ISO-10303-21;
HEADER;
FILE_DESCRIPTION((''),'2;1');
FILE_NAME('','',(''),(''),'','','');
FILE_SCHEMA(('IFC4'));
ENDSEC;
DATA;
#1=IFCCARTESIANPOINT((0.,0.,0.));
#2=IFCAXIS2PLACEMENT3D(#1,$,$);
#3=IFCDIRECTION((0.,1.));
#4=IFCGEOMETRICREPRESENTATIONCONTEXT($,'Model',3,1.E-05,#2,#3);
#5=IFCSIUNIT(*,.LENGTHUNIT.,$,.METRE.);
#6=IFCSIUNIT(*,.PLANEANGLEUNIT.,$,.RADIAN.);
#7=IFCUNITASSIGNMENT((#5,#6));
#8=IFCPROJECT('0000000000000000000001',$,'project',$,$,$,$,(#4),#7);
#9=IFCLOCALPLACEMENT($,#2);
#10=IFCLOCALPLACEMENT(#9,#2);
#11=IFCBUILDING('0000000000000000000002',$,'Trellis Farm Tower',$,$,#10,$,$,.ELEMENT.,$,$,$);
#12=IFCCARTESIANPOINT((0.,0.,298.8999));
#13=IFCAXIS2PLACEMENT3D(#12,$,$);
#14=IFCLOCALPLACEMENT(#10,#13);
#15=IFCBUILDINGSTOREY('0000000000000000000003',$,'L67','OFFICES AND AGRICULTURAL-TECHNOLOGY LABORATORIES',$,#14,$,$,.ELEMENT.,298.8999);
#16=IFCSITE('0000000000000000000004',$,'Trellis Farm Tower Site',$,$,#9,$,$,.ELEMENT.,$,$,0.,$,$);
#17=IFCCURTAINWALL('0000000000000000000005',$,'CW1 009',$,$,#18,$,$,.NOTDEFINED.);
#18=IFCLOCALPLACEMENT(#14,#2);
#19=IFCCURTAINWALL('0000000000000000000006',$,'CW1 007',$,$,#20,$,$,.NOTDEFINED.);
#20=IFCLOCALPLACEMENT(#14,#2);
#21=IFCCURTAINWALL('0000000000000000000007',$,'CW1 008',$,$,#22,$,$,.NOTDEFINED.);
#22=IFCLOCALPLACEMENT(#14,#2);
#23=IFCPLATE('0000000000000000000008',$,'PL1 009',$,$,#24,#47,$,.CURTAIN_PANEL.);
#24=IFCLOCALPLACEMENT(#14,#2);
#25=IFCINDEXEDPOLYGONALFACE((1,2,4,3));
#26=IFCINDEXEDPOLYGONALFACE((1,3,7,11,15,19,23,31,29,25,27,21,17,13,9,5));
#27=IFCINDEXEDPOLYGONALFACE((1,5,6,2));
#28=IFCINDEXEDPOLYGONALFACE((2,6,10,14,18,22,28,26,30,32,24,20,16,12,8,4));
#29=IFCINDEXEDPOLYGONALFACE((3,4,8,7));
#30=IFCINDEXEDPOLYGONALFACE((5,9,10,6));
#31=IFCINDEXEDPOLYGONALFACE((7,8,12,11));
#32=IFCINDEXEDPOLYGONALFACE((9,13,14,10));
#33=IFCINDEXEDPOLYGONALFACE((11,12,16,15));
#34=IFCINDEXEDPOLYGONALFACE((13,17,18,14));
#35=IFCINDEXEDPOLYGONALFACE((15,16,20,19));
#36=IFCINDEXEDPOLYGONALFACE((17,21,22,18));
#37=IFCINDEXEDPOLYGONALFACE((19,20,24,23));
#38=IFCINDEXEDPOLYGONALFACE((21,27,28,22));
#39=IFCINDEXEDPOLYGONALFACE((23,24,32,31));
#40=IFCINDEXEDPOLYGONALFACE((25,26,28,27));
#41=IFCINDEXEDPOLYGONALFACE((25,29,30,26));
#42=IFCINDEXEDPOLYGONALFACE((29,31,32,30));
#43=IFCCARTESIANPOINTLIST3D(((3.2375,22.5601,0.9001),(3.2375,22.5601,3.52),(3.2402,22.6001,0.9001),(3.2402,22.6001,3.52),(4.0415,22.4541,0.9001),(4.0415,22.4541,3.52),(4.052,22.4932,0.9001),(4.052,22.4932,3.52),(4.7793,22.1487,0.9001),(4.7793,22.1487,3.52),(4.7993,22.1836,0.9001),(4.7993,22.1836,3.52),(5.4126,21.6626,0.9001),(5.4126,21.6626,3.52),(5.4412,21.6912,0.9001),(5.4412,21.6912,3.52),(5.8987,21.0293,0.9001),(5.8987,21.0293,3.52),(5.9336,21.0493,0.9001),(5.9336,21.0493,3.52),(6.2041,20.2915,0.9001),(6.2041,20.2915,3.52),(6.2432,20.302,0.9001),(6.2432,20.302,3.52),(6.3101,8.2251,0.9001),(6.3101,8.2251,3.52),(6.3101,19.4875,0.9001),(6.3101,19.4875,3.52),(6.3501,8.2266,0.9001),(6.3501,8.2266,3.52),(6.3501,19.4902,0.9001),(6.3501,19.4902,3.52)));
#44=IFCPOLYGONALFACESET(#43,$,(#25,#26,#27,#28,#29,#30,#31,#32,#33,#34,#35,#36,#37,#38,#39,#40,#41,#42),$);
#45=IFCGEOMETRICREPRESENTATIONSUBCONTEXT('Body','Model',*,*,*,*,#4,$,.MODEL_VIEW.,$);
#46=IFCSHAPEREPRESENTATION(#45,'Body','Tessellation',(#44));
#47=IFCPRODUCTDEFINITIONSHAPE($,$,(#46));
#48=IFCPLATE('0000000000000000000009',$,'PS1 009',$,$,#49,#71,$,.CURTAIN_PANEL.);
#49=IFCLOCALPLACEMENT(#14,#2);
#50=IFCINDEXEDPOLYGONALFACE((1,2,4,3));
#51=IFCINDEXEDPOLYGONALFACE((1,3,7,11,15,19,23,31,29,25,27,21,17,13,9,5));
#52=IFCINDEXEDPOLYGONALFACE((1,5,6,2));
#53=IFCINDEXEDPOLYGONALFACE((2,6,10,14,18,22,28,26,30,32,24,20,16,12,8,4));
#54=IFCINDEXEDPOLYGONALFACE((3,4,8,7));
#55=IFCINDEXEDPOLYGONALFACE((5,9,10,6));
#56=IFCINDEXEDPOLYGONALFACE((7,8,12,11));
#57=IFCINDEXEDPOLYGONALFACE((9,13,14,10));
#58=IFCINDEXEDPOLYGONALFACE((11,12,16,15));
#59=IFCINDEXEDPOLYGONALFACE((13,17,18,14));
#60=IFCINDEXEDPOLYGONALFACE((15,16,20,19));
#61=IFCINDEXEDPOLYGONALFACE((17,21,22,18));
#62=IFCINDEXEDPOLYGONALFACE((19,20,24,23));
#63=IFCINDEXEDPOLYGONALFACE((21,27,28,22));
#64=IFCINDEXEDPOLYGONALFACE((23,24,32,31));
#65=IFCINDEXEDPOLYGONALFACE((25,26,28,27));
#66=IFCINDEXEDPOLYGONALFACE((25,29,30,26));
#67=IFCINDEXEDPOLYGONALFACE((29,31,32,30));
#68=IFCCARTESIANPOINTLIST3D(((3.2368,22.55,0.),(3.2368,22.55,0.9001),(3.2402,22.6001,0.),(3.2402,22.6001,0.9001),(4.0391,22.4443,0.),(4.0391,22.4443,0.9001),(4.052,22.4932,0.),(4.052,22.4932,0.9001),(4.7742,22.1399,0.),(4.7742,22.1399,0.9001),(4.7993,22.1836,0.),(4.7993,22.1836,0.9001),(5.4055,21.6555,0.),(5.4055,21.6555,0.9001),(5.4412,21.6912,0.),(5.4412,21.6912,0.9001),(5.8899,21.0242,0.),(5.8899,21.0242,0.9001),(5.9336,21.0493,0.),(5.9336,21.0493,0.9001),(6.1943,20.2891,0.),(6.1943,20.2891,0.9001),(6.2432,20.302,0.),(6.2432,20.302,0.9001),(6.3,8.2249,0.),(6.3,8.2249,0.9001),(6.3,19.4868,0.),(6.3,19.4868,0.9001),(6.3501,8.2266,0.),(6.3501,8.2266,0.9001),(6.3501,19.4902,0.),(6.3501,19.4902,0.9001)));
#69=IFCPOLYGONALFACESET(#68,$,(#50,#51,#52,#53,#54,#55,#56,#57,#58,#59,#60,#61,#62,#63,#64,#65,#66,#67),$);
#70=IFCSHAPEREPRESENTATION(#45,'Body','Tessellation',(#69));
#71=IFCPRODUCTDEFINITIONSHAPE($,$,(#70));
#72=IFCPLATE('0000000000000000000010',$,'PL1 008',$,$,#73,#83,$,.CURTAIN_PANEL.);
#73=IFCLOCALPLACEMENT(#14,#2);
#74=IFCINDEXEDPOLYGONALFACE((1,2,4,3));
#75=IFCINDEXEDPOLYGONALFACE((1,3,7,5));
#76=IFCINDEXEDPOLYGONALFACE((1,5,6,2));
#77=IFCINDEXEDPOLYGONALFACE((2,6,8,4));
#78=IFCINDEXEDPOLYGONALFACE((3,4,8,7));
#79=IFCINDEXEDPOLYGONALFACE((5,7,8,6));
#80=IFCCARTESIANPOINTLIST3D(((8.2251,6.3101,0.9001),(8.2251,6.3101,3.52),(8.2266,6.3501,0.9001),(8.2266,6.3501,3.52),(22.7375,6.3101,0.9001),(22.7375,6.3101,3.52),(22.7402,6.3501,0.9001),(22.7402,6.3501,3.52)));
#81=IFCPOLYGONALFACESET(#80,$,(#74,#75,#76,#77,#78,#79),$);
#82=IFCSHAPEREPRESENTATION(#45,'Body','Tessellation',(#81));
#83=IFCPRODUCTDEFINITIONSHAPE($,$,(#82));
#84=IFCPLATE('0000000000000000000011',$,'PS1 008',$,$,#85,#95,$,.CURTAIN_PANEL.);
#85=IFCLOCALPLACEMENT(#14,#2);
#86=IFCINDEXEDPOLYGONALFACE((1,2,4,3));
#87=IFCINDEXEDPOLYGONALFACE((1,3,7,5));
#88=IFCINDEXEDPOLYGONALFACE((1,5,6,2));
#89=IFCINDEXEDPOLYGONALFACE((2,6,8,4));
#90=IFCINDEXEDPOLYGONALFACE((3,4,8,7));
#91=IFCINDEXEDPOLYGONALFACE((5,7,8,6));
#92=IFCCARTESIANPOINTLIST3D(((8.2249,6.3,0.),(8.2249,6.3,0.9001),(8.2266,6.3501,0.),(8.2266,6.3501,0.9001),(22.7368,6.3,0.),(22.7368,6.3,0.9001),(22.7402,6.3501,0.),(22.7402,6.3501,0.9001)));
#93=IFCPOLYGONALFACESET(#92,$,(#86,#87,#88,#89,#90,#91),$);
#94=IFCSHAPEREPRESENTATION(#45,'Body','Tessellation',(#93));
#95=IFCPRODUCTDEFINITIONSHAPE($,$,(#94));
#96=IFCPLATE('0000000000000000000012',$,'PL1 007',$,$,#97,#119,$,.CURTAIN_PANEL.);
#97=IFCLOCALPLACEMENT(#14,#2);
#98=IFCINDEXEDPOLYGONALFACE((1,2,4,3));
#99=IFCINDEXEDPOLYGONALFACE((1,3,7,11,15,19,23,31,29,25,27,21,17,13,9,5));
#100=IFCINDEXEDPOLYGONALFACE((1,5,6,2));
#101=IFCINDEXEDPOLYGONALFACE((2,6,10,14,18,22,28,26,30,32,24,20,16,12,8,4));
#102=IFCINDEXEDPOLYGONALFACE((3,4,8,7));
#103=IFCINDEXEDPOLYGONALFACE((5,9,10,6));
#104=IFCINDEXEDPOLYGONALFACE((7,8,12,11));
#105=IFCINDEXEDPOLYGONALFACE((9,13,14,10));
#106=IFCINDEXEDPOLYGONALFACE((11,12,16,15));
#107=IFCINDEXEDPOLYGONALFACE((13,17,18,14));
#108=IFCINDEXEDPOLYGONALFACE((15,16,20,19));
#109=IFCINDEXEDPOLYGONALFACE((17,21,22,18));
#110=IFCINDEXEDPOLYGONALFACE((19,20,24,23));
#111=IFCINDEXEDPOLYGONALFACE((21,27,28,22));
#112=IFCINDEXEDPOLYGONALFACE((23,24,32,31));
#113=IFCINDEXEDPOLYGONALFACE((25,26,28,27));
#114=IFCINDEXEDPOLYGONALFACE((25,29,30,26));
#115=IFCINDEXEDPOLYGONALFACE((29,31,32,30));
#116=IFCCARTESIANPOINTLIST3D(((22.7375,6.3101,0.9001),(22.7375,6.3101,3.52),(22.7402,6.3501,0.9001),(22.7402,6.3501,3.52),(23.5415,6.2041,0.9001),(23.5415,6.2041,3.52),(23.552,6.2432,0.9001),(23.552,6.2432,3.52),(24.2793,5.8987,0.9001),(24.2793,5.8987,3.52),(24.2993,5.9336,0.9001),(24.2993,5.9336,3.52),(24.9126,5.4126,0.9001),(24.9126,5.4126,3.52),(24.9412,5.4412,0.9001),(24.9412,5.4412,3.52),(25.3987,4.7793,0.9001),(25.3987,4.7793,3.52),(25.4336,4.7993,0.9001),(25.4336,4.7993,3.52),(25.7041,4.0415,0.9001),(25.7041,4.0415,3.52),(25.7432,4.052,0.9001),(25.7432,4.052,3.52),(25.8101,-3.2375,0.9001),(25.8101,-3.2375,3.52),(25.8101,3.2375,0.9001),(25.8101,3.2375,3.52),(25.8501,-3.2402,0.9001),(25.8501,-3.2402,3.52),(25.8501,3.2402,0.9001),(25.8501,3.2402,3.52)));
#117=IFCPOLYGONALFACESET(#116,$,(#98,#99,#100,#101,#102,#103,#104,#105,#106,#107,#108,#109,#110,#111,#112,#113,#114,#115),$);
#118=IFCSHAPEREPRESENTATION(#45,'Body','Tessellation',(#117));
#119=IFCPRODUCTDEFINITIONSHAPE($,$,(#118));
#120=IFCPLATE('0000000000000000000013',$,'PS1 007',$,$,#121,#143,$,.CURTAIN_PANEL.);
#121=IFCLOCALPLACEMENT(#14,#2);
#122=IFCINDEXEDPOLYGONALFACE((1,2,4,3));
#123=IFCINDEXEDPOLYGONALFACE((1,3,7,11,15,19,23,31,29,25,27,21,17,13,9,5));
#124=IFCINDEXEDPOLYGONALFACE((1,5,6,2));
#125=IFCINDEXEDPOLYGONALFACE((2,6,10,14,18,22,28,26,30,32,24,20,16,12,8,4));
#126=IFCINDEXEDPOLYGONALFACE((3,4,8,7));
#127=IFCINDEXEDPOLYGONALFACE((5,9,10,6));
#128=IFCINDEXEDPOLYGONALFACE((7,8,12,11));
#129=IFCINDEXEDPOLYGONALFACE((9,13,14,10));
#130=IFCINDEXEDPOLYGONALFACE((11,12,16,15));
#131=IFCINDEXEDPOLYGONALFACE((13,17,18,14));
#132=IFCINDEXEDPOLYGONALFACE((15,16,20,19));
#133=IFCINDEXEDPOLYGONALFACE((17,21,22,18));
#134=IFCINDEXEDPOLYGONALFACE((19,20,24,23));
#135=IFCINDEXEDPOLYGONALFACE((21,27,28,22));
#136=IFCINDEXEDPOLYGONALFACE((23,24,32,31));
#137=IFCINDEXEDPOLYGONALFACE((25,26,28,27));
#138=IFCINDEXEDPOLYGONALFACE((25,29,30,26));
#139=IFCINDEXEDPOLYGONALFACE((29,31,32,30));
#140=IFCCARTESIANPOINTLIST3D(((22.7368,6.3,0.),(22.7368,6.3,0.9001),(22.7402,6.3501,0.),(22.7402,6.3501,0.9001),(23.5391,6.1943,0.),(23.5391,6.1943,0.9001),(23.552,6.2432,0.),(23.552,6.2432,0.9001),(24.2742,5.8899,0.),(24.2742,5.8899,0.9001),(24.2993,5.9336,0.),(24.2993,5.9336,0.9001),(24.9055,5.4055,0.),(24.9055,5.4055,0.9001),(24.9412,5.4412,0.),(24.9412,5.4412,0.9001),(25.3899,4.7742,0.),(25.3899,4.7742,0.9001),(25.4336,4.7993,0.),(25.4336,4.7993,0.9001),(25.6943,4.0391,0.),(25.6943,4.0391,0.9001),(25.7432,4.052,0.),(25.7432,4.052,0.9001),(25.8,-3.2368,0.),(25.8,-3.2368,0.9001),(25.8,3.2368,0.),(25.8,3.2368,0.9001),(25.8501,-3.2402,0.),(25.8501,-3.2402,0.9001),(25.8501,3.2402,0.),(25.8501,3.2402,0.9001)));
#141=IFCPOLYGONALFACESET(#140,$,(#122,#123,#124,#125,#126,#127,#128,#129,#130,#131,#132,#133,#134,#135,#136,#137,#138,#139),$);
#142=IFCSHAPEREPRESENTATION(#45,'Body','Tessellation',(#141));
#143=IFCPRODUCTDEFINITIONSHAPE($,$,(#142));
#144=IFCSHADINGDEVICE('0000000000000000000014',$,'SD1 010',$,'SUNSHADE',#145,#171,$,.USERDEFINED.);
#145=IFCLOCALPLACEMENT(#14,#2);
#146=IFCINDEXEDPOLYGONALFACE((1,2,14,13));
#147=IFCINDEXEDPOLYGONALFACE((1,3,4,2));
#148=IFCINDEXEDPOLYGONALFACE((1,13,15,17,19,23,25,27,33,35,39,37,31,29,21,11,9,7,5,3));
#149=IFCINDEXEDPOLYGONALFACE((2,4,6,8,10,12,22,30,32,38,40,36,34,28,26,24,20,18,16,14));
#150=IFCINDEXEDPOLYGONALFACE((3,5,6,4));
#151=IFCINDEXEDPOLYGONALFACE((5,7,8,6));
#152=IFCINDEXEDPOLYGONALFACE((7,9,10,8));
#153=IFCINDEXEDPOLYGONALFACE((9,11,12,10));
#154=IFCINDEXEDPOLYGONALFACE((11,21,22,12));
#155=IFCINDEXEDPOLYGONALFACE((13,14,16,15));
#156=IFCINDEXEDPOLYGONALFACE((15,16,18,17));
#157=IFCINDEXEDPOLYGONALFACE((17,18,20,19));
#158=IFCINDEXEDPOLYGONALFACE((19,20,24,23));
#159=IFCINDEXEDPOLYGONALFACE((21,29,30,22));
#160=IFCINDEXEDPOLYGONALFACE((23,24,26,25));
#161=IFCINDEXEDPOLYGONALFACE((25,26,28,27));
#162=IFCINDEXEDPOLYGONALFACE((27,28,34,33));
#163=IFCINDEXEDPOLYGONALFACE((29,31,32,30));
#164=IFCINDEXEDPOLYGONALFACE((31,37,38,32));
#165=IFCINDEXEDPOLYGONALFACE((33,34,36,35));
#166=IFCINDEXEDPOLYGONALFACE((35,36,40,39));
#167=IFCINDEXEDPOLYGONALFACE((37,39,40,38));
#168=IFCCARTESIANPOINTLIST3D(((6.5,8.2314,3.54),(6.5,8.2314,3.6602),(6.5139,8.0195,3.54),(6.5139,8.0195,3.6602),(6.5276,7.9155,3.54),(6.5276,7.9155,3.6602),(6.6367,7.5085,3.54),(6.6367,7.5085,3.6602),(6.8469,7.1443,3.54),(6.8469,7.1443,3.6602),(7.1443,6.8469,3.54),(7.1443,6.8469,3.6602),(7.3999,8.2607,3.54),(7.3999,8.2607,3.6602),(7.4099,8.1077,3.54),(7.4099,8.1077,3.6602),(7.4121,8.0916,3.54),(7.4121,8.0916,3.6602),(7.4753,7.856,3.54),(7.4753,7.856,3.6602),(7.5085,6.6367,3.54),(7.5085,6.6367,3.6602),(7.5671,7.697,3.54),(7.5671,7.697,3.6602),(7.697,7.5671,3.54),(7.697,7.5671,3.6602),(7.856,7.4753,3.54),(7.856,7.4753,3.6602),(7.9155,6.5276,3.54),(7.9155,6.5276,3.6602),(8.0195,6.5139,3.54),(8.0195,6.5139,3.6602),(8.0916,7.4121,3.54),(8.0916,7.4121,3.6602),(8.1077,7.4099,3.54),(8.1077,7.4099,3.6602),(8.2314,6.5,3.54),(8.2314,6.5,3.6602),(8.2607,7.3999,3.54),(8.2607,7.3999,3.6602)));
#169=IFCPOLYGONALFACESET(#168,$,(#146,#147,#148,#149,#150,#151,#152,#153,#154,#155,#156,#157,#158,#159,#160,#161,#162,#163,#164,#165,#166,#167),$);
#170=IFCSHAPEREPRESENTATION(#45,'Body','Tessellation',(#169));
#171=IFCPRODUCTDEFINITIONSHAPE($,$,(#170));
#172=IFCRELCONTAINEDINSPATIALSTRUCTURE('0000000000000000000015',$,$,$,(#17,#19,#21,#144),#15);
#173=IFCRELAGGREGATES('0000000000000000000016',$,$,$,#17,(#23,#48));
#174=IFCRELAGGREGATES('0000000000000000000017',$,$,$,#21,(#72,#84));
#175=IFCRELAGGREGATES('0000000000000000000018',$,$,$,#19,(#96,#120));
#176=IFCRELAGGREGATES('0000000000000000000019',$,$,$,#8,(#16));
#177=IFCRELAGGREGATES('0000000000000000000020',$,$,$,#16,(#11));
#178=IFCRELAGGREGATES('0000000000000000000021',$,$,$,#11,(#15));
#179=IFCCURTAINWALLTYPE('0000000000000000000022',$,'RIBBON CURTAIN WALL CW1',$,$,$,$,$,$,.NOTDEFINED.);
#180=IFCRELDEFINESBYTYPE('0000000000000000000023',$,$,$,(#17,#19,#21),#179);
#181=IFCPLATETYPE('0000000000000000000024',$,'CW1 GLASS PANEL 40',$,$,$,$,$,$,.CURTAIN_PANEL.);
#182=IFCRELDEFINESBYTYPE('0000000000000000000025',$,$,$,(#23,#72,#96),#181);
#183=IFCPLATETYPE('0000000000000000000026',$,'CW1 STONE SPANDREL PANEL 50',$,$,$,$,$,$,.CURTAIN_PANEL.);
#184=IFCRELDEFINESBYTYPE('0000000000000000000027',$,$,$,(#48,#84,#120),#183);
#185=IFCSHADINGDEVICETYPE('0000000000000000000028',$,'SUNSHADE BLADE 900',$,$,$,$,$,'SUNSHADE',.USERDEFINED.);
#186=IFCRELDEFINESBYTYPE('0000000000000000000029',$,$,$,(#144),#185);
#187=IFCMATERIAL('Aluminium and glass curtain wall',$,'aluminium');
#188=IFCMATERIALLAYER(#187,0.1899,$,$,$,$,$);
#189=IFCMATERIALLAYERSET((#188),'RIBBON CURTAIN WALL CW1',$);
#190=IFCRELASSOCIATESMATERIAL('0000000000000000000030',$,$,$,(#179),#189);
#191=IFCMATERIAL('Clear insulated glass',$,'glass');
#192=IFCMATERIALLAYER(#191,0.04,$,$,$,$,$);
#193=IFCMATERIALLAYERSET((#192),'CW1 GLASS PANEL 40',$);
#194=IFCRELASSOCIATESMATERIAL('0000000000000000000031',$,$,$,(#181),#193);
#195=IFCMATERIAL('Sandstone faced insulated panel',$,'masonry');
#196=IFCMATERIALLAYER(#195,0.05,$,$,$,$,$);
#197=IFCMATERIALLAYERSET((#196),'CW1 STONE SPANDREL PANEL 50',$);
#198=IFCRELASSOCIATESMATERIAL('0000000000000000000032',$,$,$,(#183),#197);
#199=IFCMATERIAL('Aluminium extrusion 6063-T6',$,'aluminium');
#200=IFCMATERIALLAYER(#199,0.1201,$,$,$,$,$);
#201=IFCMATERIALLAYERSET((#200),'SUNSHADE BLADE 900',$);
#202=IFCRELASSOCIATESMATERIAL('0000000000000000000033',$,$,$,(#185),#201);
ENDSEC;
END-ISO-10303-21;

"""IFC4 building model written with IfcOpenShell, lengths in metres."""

from ifc_helpers import new_model, si_unit, direction, frame, origin, place, context, subcontext, project, spatial, polyline, outline, extrude, source, transform, mapped, material, layer, layer_set, type_object, element, aggregate, save


model = new_model("IFC4")

# Units and contexts
model_context = context("Model", 3, precision=1e-05, world=origin(), true_north=direction((0.0, 1.0)))
body_context = subcontext(model_context, "Body", "Model", "MODEL_VIEW")
ifc_project = project(units=[si_unit("LENGTHUNIT", "METRE"), si_unit("PLANEANGLEUNIT", "RADIAN")], contexts=[model_context])

# Site, building, storey
site_placement = place(None, origin())
site = spatial("IfcSite", under=ifc_project, at=site_placement, Name="Trellis Farm Tower Site", CompositionType="ELEMENT", RefElevation=0.0)
building_placement = place(site_placement, origin())
building = spatial("IfcBuilding", under=site, at=building_placement, Name="Trellis Farm Tower", CompositionType="ELEMENT")
storey_placement = place(building_placement, frame((0.0, 0.0, 298.8999)))
storey = spatial("IfcBuildingStorey", under=building, at=storey_placement, Name="L67", Description="OFFICES AND AGRICULTURAL-TECHNOLOGY LABORATORIES", CompositionType="ELEMENT", Elevation=298.8999)

# Curtain walls
ifc_material_1 = material(Name="Aluminium and glass curtain wall", Category="aluminium")
placement_1 = place(storey_placement, origin())
ifc_material_2 = material(Name="Aluminium extrusion 6063-T6", Category="aluminium")
ifc_layer_1 = layer(ifc_material_1, 0.1899)
ifc_layer_set_1 = layer_set([ifc_layer_1], Name="RIBBON CURTAIN WALL CW1")
curtain_wall_type_1 = type_object("IfcCurtainWallType", Name="RIBBON CURTAIN WALL CW1", PredefinedType="NOTDEFINED", material=ifc_layer_set_1)
curtain_wall_1 = element("IfcCurtainWall", 1, at=placement_1, inside=storey, type_object=curtain_wall_type_1, Name="CW1 009", PredefinedType="NOTDEFINED")
curtain_wall_2 = element("IfcCurtainWall", 2, at=placement_1, inside=storey, type_object=curtain_wall_type_1, Name="CW1 007", PredefinedType="NOTDEFINED")
curtain_wall_3 = element("IfcCurtainWall", 3, at=placement_1, inside=storey, type_object=curtain_wall_type_1, Name="CW1 008", PredefinedType="NOTDEFINED")

# Plates
ifc_material_3 = material(Name="Clear insulated glass", Category="glass")
ifc_layer_2 = layer(ifc_material_3, 0.04)
ifc_layer_set_2 = layer_set([ifc_layer_2], Name="CW1 GLASS PANEL 40")
plate_type_1 = type_object("IfcPlateType", Name="CW1 GLASS PANEL 40", PredefinedType="CURTAIN_PANEL", material=ifc_layer_set_2)
shared_shape_1 = source(origin(), body_context, "Body", "SweptSolid", [
    extrude(outline(polyline([(6.3501, 8.2266), (6.3501, 19.4902), (6.2432, 20.302), (5.9336, 21.0493), (5.4412, 21.6912), (4.7993, 22.1836), (4.052, 22.4932), (3.2402, 22.6001), (3.2375, 22.5601), (4.0415, 22.4541), (4.7793, 22.1487), (5.4126, 21.6626), (5.8987, 21.0293), (6.2041, 20.2915), (6.3101, 19.4875), (6.3101, 8.2251), (6.3501, 8.2266)])), origin(), (0.0, 0.0, 1.0), 2.6199),
])
placement_2 = place(storey_placement, frame((0.0, 0.0, 0.9001)))
plate_1 = element("IfcPlate", 4, at=placement_2, type_object=plate_type_1, Name="PL1 009", PredefinedType="CURTAIN_PANEL", context=body_context, shape_type="MappedRepresentation", body=[
    mapped(shared_shape_1, transform((0.0, 0.0, 0.0))),
])
ifc_material_4 = material(Name="Sandstone faced insulated panel", Category="masonry")
ifc_layer_3 = layer(ifc_material_4, 0.05)
ifc_layer_set_3 = layer_set([ifc_layer_3], Name="CW1 STONE SPANDREL PANEL 50")
plate_type_2 = type_object("IfcPlateType", Name="CW1 STONE SPANDREL PANEL 50", PredefinedType="CURTAIN_PANEL", material=ifc_layer_set_3)
shared_shape_2 = source(origin(), body_context, "Body", "SweptSolid", [
    extrude(outline(polyline([(6.3501, 8.2266), (6.3501, 19.4902), (6.2432, 20.302), (5.9336, 21.0493), (5.4412, 21.6912), (4.7993, 22.1836), (4.052, 22.4932), (3.2402, 22.6001), (3.2368, 22.55), (4.0391, 22.4443), (4.7742, 22.1399), (5.4055, 21.6555), (5.8899, 21.0242), (6.1943, 20.2891), (6.3, 19.4868), (6.3, 8.2249), (6.3501, 8.2266)])), origin(), (0.0, 0.0, 1.0), 0.9001),
])
plate_2 = element("IfcPlate", 5, at=placement_1, type_object=plate_type_2, Name="PS1 009", PredefinedType="CURTAIN_PANEL", context=body_context, shape_type="MappedRepresentation", body=[
    mapped(shared_shape_2, transform((0.0, 0.0, 0.0))),
])
aggregate(curtain_wall_1, [plate_1, plate_2])
shared_shape_3 = source(origin(), body_context, "Body", "SweptSolid", [
    extrude(outline(polyline([(22.7402, 6.3501), (8.2266, 6.3501), (8.2251, 6.3101), (22.7375, 6.3101), (22.7402, 6.3501)])), origin(), (0.0, 0.0, 1.0), 2.6199),
])
plate_3 = element("IfcPlate", 6, at=placement_2, type_object=plate_type_1, Name="PL1 008", PredefinedType="CURTAIN_PANEL", context=body_context, shape_type="MappedRepresentation", body=[
    mapped(shared_shape_3, transform((0.0, 0.0, 0.0))),
])
shared_shape_4 = source(origin(), body_context, "Body", "SweptSolid", [
    extrude(outline(polyline([(22.7402, 6.3501), (8.2266, 6.3501), (8.2249, 6.3), (22.7368, 6.3), (22.7402, 6.3501)])), origin(), (0.0, 0.0, 1.0), 0.9001),
])
plate_4 = element("IfcPlate", 7, at=placement_1, type_object=plate_type_2, Name="PS1 008", PredefinedType="CURTAIN_PANEL", context=body_context, shape_type="MappedRepresentation", body=[
    mapped(shared_shape_4, transform((0.0, 0.0, 0.0))),
])
aggregate(curtain_wall_3, [plate_3, plate_4])
shared_shape_5 = source(origin(), body_context, "Body", "SweptSolid", [
    extrude(outline(polyline([(25.8501, -3.2402), (25.8501, 3.2402), (25.7432, 4.052), (25.4336, 4.7993), (24.9412, 5.4412), (24.2993, 5.9336), (23.552, 6.2432), (22.7402, 6.3501), (22.7375, 6.3101), (23.5415, 6.2041), (24.2793, 5.8987), (24.9126, 5.4126), (25.3987, 4.7793), (25.7041, 4.0415), (25.8101, 3.2375), (25.8101, -3.2375), (25.8501, -3.2402)])), origin(), (0.0, 0.0, 1.0), 2.6199),
])
plate_5 = element("IfcPlate", 8, at=placement_2, type_object=plate_type_1, Name="PL1 007", PredefinedType="CURTAIN_PANEL", context=body_context, shape_type="MappedRepresentation", body=[
    mapped(shared_shape_5, transform((0.0, 0.0, 0.0))),
])
shared_shape_6 = source(origin(), body_context, "Body", "SweptSolid", [
    extrude(outline(polyline([(25.8501, -3.2402), (25.8501, 3.2402), (25.7432, 4.052), (25.4336, 4.7993), (24.9412, 5.4412), (24.2993, 5.9336), (23.552, 6.2432), (22.7402, 6.3501), (22.7368, 6.3), (23.5391, 6.1943), (24.2742, 5.8899), (24.9055, 5.4055), (25.3899, 4.7742), (25.6943, 4.0391), (25.8, 3.2368), (25.8, -3.2368), (25.8501, -3.2402)])), origin(), (0.0, 0.0, 1.0), 0.9001),
])
plate_6 = element("IfcPlate", 9, at=placement_1, type_object=plate_type_2, Name="PS1 007", PredefinedType="CURTAIN_PANEL", context=body_context, shape_type="MappedRepresentation", body=[
    mapped(shared_shape_6, transform((0.0, 0.0, 0.0))),
])
aggregate(curtain_wall_2, [plate_5, plate_6])

# Shading device
ifc_layer_4 = layer(ifc_material_2, 0.1201)
ifc_layer_set_4 = layer_set([ifc_layer_4], Name="SUNSHADE BLADE 900")
shading_device_type_1 = type_object("IfcShadingDeviceType", Name="SUNSHADE BLADE 900", ElementType="SUNSHADE", PredefinedType="USERDEFINED", material=ifc_layer_set_4)
shared_shape_7 = source(origin(), body_context, "Body", "SweptSolid", [
    extrude(outline(polyline([(8.2607, 7.3999), (8.1077, 7.4099), (8.0916, 7.4121), (7.856, 7.4753), (7.697, 7.5671), (7.5671, 7.697), (7.4753, 7.856), (7.4121, 8.0916), (7.4099, 8.1077), (7.3999, 8.2607), (6.5, 8.2314), (6.5139, 8.0195), (6.5276, 7.9155), (6.6367, 7.5085), (6.8469, 7.1443), (7.1443, 6.8469), (7.5085, 6.6367), (7.9155, 6.5276), (8.0195, 6.5139), (8.2314, 6.5), (8.2607, 7.3999)])), origin(), (0.0, 0.0, 1.0), 0.1201),
])
placement_3 = place(storey_placement, frame((0.0, 0.0, 3.54)))
element("IfcShadingDevice", 10, at=placement_3, inside=storey, type_object=shading_device_type_1, Name="SD1 010", ObjectType="SUNSHADE", PredefinedType="USERDEFINED", context=body_context, shape_type="MappedRepresentation", body=[
    mapped(shared_shape_7, transform((0.0, 0.0, 0.0))),
])

save(model, "model.ifc")
